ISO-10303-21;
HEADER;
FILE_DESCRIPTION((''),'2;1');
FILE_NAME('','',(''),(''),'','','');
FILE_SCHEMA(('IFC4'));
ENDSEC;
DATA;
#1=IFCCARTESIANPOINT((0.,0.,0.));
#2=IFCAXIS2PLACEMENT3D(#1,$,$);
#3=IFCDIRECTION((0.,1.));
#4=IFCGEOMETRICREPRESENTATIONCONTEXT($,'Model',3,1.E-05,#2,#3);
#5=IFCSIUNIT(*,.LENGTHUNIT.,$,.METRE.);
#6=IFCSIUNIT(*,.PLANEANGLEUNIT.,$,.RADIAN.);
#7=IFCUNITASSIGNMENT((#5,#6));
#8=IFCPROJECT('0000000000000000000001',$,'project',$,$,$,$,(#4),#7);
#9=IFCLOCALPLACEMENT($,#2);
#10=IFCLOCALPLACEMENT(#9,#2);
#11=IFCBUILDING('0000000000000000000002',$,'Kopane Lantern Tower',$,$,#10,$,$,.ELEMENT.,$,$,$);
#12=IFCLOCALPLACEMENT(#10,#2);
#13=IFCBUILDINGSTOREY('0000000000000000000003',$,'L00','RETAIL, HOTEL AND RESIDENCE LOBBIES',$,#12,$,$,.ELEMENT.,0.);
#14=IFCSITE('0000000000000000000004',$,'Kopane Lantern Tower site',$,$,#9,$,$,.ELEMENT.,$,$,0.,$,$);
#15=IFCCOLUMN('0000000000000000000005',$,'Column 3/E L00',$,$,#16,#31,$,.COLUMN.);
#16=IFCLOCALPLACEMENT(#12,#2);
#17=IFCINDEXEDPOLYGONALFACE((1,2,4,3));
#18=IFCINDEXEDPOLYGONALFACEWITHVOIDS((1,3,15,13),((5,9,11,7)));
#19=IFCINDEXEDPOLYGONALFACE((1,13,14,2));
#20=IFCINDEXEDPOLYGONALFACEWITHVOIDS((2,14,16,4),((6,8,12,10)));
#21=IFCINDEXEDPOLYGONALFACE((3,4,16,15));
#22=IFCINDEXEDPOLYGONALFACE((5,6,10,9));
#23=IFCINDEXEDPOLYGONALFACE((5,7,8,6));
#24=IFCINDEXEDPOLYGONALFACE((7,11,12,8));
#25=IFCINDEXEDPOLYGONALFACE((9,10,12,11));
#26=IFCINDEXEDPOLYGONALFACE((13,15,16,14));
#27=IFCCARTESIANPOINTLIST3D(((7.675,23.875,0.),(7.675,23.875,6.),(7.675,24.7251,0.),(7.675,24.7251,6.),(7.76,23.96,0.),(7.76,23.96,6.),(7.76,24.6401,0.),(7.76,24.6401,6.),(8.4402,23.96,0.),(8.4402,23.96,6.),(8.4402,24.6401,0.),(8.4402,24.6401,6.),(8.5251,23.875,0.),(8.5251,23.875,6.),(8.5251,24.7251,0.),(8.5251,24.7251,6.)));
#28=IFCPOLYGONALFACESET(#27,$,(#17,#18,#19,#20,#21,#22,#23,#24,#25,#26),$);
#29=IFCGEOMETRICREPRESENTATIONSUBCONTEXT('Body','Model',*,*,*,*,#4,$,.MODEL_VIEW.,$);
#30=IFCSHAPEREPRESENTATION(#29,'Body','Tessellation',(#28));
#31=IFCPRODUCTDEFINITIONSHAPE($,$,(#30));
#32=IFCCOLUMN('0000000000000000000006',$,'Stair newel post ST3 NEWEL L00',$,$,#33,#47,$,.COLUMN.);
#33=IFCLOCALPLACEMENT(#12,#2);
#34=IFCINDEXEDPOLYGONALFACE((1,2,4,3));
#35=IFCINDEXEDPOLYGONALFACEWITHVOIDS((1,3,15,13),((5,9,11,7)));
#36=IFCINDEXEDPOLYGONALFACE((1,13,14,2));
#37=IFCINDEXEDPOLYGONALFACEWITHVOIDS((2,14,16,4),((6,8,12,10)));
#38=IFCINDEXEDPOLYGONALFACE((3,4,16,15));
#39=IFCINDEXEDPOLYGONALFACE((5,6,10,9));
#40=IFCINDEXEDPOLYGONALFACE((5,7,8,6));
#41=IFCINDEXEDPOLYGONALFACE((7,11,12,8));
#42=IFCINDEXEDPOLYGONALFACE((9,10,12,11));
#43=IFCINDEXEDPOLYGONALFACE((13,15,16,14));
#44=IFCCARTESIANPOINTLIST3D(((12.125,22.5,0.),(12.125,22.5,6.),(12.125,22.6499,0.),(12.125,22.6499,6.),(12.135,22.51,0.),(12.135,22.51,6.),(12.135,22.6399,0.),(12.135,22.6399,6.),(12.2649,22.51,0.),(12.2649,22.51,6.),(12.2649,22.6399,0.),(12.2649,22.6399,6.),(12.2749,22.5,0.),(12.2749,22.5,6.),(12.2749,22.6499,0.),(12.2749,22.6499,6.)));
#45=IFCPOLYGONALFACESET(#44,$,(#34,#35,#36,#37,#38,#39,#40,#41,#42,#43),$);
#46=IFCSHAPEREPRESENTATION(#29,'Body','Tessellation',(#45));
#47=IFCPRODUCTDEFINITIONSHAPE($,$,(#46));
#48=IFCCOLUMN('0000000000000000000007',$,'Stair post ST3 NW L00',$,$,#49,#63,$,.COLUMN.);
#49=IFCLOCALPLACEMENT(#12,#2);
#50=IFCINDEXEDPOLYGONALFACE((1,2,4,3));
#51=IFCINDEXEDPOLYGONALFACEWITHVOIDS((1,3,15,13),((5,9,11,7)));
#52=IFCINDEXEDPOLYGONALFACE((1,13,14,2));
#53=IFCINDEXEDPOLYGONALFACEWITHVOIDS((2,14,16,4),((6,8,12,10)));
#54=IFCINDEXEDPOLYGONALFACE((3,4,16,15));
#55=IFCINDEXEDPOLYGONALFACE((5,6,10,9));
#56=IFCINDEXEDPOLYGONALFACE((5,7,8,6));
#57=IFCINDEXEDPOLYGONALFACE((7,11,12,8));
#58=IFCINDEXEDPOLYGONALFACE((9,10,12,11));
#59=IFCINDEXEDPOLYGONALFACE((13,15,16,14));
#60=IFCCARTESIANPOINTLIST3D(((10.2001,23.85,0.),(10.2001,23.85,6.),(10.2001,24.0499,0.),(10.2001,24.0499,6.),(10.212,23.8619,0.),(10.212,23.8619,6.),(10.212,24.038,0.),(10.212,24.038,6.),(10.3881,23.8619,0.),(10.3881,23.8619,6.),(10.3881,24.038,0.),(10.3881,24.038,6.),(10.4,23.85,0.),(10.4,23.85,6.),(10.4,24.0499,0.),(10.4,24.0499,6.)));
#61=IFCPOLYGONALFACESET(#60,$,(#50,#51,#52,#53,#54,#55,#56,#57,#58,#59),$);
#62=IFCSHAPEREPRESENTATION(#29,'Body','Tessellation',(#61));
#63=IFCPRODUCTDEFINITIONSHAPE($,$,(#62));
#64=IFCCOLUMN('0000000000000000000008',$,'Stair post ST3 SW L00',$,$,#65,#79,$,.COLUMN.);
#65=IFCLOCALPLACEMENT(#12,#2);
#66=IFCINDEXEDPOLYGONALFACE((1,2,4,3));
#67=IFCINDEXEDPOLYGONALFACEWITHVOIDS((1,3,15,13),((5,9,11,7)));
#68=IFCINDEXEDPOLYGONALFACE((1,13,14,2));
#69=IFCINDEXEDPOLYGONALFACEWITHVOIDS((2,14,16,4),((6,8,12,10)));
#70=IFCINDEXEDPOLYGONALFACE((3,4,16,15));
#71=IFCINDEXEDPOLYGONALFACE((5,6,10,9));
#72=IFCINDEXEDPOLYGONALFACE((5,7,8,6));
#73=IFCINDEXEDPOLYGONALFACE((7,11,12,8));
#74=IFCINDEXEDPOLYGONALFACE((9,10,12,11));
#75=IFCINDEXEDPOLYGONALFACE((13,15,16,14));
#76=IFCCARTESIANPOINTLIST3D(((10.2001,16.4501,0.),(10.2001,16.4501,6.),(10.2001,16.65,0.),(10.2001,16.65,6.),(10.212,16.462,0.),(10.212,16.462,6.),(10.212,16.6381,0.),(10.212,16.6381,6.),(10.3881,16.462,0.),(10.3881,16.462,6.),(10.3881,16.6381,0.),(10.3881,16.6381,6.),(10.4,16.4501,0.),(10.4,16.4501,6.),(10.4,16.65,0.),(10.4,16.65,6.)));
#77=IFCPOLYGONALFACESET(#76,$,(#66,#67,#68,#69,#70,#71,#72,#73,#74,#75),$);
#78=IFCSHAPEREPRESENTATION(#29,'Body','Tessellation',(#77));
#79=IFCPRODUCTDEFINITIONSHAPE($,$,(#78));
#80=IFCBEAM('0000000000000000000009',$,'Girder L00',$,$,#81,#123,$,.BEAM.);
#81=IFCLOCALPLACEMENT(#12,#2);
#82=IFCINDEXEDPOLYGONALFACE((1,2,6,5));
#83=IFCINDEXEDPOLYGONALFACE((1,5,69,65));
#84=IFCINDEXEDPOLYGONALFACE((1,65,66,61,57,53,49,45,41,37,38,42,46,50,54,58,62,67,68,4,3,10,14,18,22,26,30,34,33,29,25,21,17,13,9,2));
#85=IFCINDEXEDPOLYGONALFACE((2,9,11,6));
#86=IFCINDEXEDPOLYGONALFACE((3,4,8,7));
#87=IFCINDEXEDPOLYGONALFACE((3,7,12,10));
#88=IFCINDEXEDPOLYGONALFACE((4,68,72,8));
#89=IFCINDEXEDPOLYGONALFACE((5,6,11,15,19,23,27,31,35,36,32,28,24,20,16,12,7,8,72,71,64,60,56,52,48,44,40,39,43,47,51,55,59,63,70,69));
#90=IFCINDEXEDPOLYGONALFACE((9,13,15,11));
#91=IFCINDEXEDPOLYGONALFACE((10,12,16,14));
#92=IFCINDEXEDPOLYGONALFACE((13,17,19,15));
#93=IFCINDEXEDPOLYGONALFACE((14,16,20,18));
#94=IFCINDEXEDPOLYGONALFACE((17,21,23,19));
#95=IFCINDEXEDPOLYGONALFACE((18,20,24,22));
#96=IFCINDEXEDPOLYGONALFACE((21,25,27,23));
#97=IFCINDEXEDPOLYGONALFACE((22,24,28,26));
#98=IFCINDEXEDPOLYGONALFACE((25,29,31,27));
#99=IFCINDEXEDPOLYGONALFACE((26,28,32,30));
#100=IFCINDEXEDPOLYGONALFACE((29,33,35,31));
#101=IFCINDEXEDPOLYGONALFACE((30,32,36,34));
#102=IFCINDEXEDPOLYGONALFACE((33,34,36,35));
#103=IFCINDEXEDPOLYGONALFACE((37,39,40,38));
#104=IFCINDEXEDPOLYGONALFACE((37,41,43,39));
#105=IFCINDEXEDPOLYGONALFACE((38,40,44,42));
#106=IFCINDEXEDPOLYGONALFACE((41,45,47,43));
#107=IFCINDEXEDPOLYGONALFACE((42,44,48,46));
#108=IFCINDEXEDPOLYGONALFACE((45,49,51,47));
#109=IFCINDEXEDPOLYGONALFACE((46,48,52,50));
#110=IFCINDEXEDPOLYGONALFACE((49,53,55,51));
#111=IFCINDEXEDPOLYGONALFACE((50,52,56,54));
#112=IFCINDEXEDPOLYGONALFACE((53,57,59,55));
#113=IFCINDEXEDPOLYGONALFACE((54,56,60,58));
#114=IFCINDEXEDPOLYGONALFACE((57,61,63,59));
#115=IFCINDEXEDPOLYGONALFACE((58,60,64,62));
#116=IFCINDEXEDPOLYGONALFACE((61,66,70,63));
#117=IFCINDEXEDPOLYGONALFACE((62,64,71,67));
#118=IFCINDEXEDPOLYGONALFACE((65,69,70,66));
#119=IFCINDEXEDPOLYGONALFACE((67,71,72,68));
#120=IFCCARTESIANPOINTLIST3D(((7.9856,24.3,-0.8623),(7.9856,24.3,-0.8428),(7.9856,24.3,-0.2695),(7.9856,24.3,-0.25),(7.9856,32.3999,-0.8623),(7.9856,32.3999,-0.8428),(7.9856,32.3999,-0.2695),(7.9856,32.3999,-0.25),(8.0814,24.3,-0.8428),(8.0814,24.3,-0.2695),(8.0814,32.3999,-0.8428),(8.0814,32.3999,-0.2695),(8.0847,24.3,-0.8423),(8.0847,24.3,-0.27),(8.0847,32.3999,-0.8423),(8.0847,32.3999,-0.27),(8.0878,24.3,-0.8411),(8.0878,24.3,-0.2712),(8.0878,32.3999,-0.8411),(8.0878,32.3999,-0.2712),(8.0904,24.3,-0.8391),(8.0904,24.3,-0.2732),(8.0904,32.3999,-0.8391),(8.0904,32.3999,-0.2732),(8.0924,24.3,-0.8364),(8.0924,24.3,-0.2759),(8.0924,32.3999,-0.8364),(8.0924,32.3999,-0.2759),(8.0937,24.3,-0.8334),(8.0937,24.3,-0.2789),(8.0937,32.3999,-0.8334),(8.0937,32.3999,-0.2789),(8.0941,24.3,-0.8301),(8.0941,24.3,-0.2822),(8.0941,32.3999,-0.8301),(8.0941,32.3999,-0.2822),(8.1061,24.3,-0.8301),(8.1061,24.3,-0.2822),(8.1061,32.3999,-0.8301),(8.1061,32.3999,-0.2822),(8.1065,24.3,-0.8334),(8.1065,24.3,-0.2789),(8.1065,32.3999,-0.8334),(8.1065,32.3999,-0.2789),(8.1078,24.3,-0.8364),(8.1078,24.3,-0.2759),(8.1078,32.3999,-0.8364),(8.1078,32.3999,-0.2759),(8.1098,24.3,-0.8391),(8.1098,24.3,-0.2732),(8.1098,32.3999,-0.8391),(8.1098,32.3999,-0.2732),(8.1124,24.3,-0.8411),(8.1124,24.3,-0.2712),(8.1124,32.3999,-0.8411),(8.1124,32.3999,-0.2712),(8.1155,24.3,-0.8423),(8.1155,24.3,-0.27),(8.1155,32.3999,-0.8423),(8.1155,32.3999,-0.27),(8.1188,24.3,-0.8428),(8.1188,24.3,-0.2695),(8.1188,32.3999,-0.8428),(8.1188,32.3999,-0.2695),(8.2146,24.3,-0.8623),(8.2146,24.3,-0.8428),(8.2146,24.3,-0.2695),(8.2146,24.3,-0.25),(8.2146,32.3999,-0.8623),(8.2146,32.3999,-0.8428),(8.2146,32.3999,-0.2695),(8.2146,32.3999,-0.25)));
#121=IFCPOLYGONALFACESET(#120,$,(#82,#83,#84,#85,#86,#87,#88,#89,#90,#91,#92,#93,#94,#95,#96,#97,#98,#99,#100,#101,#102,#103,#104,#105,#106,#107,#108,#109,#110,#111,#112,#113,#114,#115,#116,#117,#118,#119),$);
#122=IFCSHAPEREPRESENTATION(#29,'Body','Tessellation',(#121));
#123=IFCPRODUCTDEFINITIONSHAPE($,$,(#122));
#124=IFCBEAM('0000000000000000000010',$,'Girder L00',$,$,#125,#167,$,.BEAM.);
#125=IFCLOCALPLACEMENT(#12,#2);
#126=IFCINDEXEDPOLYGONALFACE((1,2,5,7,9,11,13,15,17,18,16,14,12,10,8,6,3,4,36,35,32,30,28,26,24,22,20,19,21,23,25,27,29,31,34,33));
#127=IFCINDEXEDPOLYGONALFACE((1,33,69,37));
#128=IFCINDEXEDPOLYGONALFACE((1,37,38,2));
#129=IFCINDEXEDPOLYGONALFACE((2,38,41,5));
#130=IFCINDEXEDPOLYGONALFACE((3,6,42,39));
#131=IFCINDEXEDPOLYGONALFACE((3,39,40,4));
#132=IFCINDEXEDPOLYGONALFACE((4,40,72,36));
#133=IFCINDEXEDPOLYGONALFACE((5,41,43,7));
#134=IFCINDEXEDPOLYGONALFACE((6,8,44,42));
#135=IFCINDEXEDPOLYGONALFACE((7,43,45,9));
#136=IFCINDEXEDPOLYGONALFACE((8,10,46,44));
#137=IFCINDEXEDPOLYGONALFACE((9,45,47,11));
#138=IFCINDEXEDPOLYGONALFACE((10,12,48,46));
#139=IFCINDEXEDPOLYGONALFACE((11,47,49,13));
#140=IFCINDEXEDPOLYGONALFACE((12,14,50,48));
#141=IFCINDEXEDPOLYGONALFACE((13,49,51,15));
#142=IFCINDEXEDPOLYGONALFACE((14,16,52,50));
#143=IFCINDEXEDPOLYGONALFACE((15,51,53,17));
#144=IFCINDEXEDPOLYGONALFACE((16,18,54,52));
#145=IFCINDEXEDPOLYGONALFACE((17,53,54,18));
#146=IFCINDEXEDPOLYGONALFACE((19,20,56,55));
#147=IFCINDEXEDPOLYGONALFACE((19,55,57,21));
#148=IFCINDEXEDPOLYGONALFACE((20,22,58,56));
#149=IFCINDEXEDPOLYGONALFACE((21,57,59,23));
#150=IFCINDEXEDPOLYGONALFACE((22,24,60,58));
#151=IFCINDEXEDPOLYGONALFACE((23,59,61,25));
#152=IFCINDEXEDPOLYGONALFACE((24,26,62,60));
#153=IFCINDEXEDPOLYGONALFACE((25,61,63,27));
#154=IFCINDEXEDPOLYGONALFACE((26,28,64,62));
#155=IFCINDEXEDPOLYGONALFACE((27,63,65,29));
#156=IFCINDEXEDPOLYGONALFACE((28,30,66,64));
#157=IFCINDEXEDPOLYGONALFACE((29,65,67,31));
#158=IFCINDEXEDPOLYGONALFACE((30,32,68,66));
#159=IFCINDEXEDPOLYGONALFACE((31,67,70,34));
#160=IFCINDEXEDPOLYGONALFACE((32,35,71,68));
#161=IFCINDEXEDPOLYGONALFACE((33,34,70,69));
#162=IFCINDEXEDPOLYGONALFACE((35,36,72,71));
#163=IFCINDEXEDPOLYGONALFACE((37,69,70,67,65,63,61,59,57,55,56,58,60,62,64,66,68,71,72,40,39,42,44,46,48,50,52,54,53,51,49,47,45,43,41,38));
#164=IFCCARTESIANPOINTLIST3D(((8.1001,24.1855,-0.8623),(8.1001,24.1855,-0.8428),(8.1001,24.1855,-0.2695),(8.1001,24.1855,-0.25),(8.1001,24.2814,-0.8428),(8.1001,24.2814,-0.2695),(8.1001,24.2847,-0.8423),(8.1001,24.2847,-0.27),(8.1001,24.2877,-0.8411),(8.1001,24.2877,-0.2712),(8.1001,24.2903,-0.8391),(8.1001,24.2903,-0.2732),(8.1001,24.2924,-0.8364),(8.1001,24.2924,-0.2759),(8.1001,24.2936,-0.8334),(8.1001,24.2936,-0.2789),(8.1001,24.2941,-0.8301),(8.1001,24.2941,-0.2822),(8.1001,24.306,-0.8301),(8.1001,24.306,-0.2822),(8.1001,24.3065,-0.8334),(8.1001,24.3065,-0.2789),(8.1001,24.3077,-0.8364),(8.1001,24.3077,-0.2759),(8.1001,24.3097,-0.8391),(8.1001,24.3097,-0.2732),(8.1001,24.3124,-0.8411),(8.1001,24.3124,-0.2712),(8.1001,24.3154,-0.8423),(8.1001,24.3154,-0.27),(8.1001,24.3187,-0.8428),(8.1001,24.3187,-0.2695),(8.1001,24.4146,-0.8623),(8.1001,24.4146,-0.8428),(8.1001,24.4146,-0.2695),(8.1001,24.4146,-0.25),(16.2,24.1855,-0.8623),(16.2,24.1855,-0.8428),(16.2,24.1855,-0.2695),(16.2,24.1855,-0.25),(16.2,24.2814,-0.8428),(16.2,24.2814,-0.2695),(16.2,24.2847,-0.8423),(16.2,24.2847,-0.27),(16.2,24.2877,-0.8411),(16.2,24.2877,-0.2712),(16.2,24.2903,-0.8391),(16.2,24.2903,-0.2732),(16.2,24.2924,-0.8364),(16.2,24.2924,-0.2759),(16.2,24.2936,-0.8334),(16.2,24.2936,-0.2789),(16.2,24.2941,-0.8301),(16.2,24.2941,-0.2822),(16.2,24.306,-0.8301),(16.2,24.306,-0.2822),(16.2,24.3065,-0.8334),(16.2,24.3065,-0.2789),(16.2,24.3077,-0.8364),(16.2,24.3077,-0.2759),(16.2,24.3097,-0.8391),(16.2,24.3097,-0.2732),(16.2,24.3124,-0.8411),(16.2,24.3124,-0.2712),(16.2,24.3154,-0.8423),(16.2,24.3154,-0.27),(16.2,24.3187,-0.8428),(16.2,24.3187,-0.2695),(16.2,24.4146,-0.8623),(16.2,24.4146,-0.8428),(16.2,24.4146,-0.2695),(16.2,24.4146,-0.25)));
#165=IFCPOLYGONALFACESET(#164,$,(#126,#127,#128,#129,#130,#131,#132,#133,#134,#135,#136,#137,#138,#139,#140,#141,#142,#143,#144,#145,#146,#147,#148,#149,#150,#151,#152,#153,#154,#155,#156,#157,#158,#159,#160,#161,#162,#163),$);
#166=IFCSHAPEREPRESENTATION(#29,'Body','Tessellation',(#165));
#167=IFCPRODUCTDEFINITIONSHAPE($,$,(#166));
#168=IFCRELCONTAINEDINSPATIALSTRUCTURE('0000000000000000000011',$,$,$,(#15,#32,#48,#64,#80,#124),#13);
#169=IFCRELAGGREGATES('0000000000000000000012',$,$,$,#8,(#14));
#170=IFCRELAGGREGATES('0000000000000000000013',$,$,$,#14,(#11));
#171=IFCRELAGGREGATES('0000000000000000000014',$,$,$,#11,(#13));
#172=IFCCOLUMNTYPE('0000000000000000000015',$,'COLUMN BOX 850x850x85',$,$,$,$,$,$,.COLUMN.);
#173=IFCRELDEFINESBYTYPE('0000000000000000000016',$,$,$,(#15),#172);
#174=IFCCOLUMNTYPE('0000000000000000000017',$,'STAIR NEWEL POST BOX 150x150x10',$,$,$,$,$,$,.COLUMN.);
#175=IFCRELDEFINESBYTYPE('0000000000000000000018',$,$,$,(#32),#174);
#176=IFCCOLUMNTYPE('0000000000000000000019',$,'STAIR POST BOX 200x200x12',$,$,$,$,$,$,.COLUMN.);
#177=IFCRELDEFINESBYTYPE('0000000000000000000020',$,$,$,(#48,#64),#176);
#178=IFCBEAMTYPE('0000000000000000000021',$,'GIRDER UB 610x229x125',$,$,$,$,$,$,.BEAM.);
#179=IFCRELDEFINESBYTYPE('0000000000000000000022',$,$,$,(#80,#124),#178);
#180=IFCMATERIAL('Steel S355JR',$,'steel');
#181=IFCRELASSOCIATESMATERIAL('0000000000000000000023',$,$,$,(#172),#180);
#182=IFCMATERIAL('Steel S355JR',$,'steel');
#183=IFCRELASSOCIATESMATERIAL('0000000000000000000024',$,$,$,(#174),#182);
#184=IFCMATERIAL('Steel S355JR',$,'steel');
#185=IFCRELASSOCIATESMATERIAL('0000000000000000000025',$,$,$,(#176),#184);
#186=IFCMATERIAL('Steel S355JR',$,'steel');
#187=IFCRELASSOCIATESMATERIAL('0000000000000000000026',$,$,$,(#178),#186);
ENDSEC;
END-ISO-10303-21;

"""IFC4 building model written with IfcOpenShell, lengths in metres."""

from ifc_helpers import new_model, si_unit, direction, frame, origin, origin_2d, place, context, subcontext, project, spatial, hollow_rectangle, i_section, extrude, material, material_profile, profile_set, type_object, element, save


model = new_model("IFC4")

# Units and contexts
model_context = context("Model", 3, precision=1e-05, world=origin(), true_north=direction((0.0, 1.0)))
body_context = subcontext(model_context, "Body", "Model", "MODEL_VIEW")
ifc_project = project(units=[si_unit("LENGTHUNIT", "METRE"), si_unit("PLANEANGLEUNIT", "RADIAN")], contexts=[model_context])

# Site, building, storey
site_placement = place(None, origin())
site = spatial("IfcSite", under=ifc_project, at=site_placement, Name="Kopane Lantern Tower site", CompositionType="ELEMENT", RefElevation=0.0)
building_placement = place(site_placement, origin())
building = spatial("IfcBuilding", under=site, at=building_placement, Name="Kopane Lantern Tower", CompositionType="ELEMENT")
storey_placement = place(building_placement, origin())
storey = spatial("IfcBuildingStorey", under=building, at=storey_placement, Name="L00", Description="RETAIL, HOTEL AND RESIDENCE LOBBIES", CompositionType="ELEMENT", Elevation=0.0)

# Columns
ifc_material_1 = material(Name="Steel S355JR", Category="steel")
ifc_material_profile_1 = material_profile(ifc_material_1, hollow_rectangle(XDim=0.8501, YDim=0.8501, WallThickness=0.085, at=origin_2d()), Name="BOX 850x850x85")
ifc_profile_set_1 = profile_set([ifc_material_profile_1], Name="Steel S355JR")
column_type_1 = type_object("IfcColumnType", Name="COLUMN BOX 850x850x85", PredefinedType="COLUMN", material=ifc_profile_set_1)
column_1_placement = place(storey_placement, frame((8.1001, 24.3, 0.0), z_axis=(0.0, 0.0, 1.0), x_axis=(1.0, 0.0, 0.0)))
element("IfcColumn", 1, at=column_1_placement, inside=storey, type_object=column_type_1, Name="Column 3/E L00", PredefinedType="COLUMN", context=body_context, shape_type="SweptSolid", body=[
    extrude(hollow_rectangle(XDim=0.8501, YDim=0.8501, WallThickness=0.085, at=origin_2d()), origin(), (0.0, 0.0, 1.0), 6.0),
])
ifc_material_2 = material(Name="Steel S355JR", Category="steel")
ifc_material_profile_2 = material_profile(ifc_material_2, hollow_rectangle(XDim=0.1499, YDim=0.1499, WallThickness=0.01, at=origin_2d()), Name="BOX 150x150x10")
ifc_profile_set_2 = profile_set([ifc_material_profile_2], Name="Steel S355JR")
column_type_2 = type_object("IfcColumnType", Name="STAIR NEWEL POST BOX 150x150x10", PredefinedType="COLUMN", material=ifc_profile_set_2)
column_2_placement = place(storey_placement, frame((12.2, 22.575, 0.0), z_axis=(0.0, 0.0, 1.0), x_axis=(1.0, 0.0, 0.0)))
element("IfcColumn", 2, at=column_2_placement, inside=storey, type_object=column_type_2, Name="Stair newel post ST3 NEWEL L00", PredefinedType="COLUMN", context=body_context, shape_type="SweptSolid", body=[
    extrude(hollow_rectangle(XDim=0.1499, YDim=0.1499, WallThickness=0.01, at=origin_2d()), origin(), (0.0, 0.0, 1.0), 6.0),
])
ifc_material_3 = material(Name="Steel S355JR", Category="steel")
ifc_material_profile_3 = material_profile(ifc_material_3, hollow_rectangle(XDim=0.2, YDim=0.2, WallThickness=0.012, at=origin_2d()), Name="BOX 200x200x12")
ifc_profile_set_3 = profile_set([ifc_material_profile_3], Name="Steel S355JR")
column_type_3 = type_object("IfcColumnType", Name="STAIR POST BOX 200x200x12", PredefinedType="COLUMN", material=ifc_profile_set_3)
for number, where, z_axis, x_axis, name in (
    (3, (10.3, 23.95, 0.0), (0.0, 0.0, 1.0), (1.0, 0.0, 0.0), "Stair post ST3 NW L00"),
    (4, (10.3, 16.55, 0.0), (0.0, 0.0, 1.0), (1.0, 0.0, 0.0), "Stair post ST3 SW L00"),
):
    element("IfcColumn", number, at=place(storey_placement, frame(where, z_axis=z_axis, x_axis=x_axis)), inside=storey, type_object=column_type_3, Name=name, PredefinedType="COLUMN", context=body_context, shape_type="SweptSolid", body=[
        extrude(hollow_rectangle(XDim=0.2, YDim=0.2, WallThickness=0.012, at=origin_2d()), origin(), (0.0, 0.0, 1.0), 6.0),
    ])

# Beams
ifc_material_4 = material(Name="Steel S355JR", Category="steel")
ifc_material_profile_4 = material_profile(ifc_material_4, i_section(OverallWidth=0.229, OverallDepth=0.6123, WebThickness=0.012, FlangeThickness=0.0195, FilletRadius=0.0127, at=origin_2d()), Name="UB 610x229x125")
ifc_profile_set_4 = profile_set([ifc_material_profile_4], Name="Steel S355JR")
beam_type_1 = type_object("IfcBeamType", Name="GIRDER UB 610x229x125", PredefinedType="BEAM", material=ifc_profile_set_4)
for number, where, z_axis, x_axis, name in (
    (5, (8.1001, 24.3, -0.5562), (0.0, 1.0, 0.0), (-1.0, 0.0, 0.0), "Girder L00"),
    (6, (8.1001, 24.3, -0.5562), (1.0, 0.0, 0.0), (0.0, 1.0, 0.0), "Girder L00"),
):
    element("IfcBeam", number, at=place(storey_placement, frame(where, z_axis=z_axis, x_axis=x_axis)), inside=storey, type_object=beam_type_1, Name=name, PredefinedType="BEAM", context=body_context, shape_type="SweptSolid", body=[
        extrude(i_section(OverallWidth=0.229, OverallDepth=0.6123, WebThickness=0.012, FlangeThickness=0.0195, FilletRadius=0.0127, at=origin_2d()), origin(), (0.0, 0.0, 1.0), 8.0999),
    ])

save(model, "model.ifc")
